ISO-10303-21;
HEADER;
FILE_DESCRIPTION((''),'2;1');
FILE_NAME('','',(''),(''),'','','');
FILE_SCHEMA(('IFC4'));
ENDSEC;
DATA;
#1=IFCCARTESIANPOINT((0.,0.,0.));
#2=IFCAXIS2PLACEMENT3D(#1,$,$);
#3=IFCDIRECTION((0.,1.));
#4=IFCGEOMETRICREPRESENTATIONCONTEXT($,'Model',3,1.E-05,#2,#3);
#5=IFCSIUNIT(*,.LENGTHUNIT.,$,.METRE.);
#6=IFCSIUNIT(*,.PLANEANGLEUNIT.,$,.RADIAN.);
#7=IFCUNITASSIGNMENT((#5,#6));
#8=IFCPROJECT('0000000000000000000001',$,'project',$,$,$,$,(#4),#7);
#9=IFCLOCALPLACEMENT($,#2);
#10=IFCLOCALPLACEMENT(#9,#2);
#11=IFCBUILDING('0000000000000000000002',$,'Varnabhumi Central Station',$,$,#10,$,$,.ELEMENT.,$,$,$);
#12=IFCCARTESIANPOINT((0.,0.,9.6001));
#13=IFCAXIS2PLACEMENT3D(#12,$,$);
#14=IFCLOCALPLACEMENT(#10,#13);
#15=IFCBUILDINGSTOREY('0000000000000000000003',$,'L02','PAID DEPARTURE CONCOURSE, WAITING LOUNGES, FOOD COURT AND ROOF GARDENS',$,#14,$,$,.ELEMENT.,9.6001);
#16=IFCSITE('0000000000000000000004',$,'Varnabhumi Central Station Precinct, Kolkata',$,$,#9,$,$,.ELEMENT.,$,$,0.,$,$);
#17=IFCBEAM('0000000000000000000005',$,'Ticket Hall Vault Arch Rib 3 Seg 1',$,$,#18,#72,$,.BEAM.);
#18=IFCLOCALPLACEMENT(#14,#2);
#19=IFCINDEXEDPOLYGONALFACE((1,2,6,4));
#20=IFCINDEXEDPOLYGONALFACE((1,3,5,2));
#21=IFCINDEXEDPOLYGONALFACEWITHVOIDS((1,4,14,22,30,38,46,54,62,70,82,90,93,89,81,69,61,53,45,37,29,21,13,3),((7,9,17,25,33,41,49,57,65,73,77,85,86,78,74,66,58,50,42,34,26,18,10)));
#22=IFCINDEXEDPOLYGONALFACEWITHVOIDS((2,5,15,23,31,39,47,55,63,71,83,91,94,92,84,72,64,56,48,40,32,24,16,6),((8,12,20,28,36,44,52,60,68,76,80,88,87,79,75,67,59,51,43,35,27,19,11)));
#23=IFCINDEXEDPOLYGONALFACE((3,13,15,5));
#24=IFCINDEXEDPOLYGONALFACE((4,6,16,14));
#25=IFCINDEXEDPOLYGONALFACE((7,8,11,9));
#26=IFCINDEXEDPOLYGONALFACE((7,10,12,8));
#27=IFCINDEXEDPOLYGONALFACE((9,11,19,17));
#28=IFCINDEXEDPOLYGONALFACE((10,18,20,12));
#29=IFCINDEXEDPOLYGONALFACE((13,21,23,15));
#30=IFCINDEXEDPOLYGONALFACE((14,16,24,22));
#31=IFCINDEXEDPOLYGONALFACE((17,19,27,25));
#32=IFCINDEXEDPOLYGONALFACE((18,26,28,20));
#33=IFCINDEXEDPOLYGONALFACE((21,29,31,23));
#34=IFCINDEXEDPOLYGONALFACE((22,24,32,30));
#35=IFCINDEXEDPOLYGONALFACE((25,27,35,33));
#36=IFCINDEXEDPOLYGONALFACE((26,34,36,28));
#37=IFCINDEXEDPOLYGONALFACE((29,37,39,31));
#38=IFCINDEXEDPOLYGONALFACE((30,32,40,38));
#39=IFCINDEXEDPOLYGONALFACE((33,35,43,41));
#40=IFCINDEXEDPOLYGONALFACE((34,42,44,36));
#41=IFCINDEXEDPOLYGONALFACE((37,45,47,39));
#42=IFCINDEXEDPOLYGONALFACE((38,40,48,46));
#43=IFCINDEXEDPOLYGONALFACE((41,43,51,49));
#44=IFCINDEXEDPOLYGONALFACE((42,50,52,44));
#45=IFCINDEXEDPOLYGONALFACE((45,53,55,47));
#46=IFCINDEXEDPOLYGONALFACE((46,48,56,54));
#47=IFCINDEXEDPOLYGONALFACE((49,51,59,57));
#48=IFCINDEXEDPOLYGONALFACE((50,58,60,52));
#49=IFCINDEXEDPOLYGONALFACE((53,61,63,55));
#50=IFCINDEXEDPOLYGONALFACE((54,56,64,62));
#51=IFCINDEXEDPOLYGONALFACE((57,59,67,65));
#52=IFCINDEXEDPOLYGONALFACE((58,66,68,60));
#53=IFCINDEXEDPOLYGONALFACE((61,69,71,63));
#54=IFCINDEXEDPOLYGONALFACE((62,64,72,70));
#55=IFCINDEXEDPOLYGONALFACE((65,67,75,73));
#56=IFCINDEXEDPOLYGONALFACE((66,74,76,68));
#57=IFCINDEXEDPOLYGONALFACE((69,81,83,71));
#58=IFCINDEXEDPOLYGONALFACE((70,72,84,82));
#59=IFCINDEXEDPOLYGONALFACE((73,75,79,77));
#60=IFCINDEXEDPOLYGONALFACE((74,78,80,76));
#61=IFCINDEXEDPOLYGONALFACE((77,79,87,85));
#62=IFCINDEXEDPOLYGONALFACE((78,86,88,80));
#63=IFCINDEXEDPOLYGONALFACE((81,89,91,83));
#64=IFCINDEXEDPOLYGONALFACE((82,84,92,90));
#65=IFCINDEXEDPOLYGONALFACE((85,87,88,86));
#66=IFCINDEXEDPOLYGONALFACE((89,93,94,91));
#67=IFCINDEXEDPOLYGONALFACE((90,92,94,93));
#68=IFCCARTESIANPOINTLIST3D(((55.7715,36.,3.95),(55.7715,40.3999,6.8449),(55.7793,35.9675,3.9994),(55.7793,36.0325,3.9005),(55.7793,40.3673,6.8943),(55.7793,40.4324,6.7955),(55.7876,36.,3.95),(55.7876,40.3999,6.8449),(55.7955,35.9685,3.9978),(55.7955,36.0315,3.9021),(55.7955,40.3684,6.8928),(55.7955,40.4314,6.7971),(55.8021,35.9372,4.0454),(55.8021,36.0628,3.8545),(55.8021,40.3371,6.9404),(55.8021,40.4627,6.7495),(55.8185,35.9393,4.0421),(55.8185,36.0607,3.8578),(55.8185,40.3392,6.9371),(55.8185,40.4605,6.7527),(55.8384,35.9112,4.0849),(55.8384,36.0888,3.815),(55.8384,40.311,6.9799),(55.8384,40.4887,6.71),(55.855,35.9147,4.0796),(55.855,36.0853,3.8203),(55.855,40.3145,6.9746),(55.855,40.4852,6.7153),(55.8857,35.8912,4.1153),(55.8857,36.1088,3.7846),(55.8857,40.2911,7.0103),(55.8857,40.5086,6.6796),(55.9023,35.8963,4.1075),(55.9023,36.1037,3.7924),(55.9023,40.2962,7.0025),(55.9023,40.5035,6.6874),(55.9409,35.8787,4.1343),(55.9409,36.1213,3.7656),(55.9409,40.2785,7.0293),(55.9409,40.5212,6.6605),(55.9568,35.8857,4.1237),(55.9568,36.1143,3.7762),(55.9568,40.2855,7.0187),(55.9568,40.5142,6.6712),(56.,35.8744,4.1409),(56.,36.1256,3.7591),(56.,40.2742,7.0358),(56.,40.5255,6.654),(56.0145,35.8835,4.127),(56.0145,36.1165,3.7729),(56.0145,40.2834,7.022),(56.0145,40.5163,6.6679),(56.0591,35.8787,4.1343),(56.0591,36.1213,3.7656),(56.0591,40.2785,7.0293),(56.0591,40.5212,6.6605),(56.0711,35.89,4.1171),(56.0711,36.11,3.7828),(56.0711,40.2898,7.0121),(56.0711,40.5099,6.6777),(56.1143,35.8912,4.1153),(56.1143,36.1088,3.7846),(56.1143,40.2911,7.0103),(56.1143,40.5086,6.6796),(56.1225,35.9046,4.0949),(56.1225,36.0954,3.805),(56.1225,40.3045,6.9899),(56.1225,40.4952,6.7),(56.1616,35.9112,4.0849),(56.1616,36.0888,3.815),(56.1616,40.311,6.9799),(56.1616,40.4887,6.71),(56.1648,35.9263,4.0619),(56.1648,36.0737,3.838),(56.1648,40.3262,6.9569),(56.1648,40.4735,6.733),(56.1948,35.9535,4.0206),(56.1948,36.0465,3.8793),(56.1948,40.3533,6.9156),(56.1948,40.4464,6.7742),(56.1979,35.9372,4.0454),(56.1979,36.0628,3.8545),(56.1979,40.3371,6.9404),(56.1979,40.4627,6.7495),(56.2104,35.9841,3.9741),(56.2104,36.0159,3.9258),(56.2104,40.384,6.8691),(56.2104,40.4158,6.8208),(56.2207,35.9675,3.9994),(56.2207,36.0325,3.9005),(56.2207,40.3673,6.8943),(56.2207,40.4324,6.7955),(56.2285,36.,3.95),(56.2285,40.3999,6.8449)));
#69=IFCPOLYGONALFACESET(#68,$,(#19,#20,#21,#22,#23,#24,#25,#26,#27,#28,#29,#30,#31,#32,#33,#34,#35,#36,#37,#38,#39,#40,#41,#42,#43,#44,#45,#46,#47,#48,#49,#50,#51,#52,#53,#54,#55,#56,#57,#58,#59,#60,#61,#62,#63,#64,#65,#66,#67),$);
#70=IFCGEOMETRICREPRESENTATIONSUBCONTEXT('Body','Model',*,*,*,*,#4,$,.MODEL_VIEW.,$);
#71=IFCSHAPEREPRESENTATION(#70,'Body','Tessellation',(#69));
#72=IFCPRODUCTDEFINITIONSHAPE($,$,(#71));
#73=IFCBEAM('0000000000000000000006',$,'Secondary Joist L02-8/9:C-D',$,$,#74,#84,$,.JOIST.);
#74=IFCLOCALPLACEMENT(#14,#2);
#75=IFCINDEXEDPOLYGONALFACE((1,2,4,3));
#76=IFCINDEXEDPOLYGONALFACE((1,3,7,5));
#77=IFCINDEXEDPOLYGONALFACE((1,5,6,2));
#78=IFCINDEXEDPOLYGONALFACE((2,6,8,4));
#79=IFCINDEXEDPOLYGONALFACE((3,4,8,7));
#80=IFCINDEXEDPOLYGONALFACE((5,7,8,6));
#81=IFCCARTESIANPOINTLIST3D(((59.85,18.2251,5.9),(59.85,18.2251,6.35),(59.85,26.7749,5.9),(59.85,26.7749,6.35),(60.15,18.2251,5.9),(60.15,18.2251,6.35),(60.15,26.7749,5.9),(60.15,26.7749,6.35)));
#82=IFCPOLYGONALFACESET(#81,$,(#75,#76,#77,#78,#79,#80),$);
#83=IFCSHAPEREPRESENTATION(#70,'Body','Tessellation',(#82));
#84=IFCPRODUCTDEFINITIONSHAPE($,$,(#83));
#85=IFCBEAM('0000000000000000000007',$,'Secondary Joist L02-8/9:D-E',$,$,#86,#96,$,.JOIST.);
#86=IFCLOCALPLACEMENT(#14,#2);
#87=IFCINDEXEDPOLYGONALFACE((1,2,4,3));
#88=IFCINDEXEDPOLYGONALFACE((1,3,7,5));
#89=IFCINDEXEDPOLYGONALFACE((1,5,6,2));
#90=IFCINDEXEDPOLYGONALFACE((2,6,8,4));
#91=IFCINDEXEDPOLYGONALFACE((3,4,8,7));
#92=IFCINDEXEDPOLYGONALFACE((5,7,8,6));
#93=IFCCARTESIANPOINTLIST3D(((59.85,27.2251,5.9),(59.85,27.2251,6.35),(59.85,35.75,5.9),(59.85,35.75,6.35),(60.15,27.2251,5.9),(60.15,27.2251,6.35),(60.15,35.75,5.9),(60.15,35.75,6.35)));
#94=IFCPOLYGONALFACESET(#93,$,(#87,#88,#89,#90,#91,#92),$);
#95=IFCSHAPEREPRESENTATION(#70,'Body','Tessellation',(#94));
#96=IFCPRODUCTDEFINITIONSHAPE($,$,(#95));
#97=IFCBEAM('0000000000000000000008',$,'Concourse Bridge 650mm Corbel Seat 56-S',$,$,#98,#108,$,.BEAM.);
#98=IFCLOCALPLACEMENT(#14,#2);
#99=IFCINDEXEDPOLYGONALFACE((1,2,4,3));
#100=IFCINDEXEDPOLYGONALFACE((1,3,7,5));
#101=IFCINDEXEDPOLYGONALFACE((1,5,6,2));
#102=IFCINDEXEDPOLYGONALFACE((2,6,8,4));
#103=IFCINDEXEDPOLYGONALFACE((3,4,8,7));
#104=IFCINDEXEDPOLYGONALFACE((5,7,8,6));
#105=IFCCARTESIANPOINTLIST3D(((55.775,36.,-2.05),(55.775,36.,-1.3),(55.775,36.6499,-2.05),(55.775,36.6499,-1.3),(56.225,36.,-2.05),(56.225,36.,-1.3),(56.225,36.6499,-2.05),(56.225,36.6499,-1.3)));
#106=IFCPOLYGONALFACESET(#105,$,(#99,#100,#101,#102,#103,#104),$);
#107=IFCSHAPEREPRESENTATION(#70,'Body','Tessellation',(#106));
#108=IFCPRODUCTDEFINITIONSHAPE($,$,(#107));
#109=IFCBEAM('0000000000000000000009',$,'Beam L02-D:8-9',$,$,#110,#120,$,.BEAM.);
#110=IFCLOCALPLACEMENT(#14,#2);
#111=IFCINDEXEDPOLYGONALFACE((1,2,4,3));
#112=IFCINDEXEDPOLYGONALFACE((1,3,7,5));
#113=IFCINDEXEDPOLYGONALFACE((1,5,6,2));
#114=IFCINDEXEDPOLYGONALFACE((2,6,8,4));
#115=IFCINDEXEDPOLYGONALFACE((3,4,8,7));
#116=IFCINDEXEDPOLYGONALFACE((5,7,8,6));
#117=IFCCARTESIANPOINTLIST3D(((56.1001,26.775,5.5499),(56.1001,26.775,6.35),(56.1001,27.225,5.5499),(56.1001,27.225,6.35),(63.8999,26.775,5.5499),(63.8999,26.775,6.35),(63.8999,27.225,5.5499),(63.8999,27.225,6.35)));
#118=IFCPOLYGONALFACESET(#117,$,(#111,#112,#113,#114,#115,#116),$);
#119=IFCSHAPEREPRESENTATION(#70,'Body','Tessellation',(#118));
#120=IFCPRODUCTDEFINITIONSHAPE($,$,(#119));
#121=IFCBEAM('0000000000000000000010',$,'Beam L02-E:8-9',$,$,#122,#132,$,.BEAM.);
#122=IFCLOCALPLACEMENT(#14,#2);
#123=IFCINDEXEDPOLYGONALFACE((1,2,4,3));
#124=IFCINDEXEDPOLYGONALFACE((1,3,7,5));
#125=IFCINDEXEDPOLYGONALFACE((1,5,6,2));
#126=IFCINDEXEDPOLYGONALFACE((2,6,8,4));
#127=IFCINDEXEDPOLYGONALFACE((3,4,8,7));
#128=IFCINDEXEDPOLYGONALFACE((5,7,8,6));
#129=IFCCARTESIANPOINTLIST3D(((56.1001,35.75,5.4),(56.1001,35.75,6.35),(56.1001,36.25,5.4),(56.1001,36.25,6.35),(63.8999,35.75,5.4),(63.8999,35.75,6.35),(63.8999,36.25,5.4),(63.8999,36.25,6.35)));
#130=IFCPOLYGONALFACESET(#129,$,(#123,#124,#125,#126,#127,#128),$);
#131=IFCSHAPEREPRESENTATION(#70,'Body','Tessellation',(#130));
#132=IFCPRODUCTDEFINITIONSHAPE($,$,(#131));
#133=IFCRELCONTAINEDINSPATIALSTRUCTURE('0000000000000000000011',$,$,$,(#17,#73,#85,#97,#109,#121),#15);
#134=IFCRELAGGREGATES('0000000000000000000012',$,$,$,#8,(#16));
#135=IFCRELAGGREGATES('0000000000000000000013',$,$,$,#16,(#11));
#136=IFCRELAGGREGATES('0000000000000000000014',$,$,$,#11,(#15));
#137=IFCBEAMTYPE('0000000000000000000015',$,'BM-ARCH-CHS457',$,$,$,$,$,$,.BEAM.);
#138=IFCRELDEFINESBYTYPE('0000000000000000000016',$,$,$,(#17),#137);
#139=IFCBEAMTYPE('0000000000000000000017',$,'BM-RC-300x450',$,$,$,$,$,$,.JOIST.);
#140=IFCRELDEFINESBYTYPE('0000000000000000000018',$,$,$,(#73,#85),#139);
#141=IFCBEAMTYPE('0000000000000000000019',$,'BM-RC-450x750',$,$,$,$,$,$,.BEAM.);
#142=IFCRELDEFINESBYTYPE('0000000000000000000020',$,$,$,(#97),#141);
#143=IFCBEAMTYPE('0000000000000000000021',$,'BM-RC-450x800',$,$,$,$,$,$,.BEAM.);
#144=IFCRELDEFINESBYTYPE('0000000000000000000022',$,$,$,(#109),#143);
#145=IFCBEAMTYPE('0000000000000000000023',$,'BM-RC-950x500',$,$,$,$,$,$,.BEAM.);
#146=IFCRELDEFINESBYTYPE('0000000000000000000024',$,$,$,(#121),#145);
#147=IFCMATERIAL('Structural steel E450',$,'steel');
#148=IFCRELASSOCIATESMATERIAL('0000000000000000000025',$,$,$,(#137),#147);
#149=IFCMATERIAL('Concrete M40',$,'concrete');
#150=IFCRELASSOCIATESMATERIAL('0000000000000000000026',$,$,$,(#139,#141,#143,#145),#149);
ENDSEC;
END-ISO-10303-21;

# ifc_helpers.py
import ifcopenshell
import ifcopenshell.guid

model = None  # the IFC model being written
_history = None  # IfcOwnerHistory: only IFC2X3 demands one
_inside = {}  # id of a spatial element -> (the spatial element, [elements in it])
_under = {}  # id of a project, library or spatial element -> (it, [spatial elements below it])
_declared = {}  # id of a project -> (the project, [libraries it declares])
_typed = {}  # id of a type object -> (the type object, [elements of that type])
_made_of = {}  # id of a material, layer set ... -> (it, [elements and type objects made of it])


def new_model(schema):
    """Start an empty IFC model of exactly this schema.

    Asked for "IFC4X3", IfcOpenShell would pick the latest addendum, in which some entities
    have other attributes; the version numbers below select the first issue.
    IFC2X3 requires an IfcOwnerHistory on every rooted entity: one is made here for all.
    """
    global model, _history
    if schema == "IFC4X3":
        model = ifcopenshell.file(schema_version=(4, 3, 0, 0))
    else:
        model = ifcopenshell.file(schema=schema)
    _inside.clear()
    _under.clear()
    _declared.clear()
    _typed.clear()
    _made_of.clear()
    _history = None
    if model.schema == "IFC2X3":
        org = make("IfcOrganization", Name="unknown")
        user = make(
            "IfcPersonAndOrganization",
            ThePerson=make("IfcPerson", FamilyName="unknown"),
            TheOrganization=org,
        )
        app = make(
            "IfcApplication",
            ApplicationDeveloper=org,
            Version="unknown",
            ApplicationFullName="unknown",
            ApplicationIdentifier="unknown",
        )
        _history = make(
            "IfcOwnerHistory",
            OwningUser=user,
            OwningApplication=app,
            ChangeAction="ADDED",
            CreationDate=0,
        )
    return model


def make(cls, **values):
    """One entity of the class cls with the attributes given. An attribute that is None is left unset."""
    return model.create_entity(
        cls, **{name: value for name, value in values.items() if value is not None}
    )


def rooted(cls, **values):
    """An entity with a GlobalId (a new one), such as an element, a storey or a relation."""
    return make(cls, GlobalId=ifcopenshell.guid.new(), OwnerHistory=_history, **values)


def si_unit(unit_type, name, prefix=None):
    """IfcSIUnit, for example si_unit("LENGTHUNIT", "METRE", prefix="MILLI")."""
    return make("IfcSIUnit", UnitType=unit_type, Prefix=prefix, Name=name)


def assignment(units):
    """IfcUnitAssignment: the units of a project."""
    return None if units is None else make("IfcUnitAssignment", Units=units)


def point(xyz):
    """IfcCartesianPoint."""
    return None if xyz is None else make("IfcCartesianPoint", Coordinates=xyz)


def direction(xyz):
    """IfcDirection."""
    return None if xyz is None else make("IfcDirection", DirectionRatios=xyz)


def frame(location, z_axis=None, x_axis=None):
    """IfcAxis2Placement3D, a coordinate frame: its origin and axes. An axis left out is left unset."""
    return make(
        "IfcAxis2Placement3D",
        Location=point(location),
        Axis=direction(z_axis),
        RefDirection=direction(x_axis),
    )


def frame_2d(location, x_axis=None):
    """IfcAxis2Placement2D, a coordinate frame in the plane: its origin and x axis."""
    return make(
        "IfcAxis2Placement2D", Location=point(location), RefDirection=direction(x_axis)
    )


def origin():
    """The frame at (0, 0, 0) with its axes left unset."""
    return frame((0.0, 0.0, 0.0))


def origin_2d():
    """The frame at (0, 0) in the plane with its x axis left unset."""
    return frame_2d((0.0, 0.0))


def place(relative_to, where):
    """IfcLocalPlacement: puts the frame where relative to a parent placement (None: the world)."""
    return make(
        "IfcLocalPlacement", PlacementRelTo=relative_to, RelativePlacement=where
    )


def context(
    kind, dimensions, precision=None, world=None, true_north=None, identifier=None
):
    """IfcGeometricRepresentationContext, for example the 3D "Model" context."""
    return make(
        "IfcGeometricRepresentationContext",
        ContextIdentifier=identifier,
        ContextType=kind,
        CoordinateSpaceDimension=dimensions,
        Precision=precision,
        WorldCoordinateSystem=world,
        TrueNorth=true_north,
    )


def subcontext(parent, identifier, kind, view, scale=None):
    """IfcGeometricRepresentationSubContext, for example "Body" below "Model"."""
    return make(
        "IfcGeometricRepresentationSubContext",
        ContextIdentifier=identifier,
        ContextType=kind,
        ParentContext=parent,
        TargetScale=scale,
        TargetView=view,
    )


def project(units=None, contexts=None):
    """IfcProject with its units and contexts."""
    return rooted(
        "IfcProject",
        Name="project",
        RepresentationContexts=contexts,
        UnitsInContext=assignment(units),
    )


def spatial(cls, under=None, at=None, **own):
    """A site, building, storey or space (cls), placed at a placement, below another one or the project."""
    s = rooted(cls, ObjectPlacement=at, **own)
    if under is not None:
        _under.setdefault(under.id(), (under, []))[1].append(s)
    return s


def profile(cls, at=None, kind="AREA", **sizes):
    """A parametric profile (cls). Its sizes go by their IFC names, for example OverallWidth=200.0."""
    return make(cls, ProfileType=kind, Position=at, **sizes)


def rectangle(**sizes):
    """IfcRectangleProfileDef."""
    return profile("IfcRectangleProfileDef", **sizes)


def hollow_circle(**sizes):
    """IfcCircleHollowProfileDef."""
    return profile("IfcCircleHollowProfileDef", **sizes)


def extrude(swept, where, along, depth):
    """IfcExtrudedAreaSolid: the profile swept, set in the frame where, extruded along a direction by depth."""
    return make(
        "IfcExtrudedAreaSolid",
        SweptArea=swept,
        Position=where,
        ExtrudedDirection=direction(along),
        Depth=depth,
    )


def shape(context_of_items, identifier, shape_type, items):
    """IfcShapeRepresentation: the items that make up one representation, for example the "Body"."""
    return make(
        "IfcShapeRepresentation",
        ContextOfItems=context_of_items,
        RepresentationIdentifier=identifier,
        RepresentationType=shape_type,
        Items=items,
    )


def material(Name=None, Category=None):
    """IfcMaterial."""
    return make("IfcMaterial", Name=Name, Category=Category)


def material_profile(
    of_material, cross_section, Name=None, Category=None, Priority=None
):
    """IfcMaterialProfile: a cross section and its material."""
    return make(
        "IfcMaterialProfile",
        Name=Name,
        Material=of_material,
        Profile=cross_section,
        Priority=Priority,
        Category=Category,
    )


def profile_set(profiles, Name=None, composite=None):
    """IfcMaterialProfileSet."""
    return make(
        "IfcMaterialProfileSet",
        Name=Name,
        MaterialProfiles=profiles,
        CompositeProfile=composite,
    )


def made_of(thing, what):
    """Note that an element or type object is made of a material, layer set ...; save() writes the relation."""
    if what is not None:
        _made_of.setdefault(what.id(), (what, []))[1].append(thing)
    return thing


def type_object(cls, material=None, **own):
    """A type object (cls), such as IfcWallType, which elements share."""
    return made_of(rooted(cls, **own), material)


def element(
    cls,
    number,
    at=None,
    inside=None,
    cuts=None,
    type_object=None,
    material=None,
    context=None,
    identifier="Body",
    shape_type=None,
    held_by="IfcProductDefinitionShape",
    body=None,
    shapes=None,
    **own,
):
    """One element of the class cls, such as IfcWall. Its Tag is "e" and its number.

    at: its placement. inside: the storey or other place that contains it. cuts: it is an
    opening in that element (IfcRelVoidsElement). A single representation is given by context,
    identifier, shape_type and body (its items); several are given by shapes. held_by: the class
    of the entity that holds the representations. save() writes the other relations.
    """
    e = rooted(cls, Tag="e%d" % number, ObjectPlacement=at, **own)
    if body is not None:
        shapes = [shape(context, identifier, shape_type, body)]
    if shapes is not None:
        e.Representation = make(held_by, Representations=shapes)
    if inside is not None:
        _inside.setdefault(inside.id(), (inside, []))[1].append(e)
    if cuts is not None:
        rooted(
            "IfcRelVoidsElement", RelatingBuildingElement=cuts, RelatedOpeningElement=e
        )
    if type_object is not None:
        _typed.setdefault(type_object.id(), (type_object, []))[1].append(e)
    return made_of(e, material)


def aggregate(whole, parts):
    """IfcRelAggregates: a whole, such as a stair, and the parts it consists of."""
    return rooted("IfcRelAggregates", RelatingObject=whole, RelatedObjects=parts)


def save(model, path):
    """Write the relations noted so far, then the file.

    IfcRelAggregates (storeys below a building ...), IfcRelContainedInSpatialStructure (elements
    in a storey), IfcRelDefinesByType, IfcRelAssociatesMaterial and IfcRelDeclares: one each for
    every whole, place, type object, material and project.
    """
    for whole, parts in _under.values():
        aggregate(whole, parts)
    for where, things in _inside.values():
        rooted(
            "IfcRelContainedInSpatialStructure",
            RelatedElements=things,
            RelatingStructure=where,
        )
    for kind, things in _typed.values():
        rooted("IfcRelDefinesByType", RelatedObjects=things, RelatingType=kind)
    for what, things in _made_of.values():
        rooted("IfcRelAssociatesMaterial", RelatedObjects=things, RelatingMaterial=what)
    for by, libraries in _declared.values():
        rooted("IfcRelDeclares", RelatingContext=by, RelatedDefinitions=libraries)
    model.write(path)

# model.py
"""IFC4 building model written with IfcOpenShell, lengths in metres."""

from ifc_helpers import new_model, si_unit, direction, frame, origin, origin_2d, place, context, subcontext, project, spatial, rectangle, hollow_circle, extrude, material, material_profile, profile_set, type_object, element, save


model = new_model("IFC4")

# Units and contexts
model_context = context("Model", 3, precision=1e-05, world=origin(), true_north=direction((0.0, 1.0)))
body_context = subcontext(model_context, "Body", "Model", "MODEL_VIEW")
ifc_project = project(units=[si_unit("LENGTHUNIT", "METRE"), si_unit("PLANEANGLEUNIT", "RADIAN")], contexts=[model_context])

# Site, building, storey
site_placement = place(None, origin())
site = spatial("IfcSite", under=ifc_project, at=site_placement, Name="Varnabhumi Central Station Precinct, Kolkata", CompositionType="ELEMENT", RefElevation=0.0)
building_placement = place(site_placement, origin())
building = spatial("IfcBuilding", under=site, at=building_placement, Name="Varnabhumi Central Station", CompositionType="ELEMENT")
storey_placement = place(building_placement, frame((0.0, 0.0, 9.6001)))
storey = spatial("IfcBuildingStorey", under=building, at=storey_placement, Name="L02", Description="PAID DEPARTURE CONCOURSE, WAITING LOUNGES, FOOD COURT AND ROOF GARDENS", CompositionType="ELEMENT", Elevation=9.6001)

# Beams
ifc_material_1 = material(Name="Structural steel E450", Category="steel")
ifc_material_profile_1 = material_profile(ifc_material_1, hollow_circle(Radius=0.2285, WallThickness=0.0161, at=origin_2d()), Name="Structural steel E450", Category="steel")
ifc_profile_set_1 = profile_set([ifc_material_profile_1], Name="Structural steel E450")
beam_type_1 = type_object("IfcBeamType", Name="BM-ARCH-CHS457", PredefinedType="BEAM", material=ifc_profile_set_1)
beam_1_placement = place(storey_placement, frame((56.0, 36.0, 3.95), z_axis=(0.0, 0.835387, 0.549662), x_axis=(-1.0, 0.0, 0.0)))
element("IfcBeam", 1, at=beam_1_placement, inside=storey, type_object=beam_type_1, Name="Ticket Hall Vault Arch Rib 3 Seg 1", PredefinedType="BEAM", context=body_context, shape_type="SweptSolid", body=[
    extrude(hollow_circle(Radius=0.2285, WallThickness=0.0161, at=origin_2d()), origin(), (0.0, 0.0, 1.0), 5.2668),
])
ifc_material_2 = material(Name="Concrete M40", Category="concrete")
ifc_material_profile_2 = material_profile(ifc_material_2, rectangle(XDim=0.3, YDim=0.45, at=origin_2d()), Name="Concrete M40", Category="concrete")
ifc_profile_set_2 = profile_set([ifc_material_profile_2], Name="Concrete M40")
beam_type_2 = type_object("IfcBeamType", Name="BM-RC-300x450", PredefinedType="JOIST", material=ifc_profile_set_2)
beam_2_placement = place(storey_placement, frame((60.0, 18.2251, 6.125), z_axis=(0.0, 1.0, 0.0), x_axis=(-1.0, 0.0, 0.0)))
element("IfcBeam", 2, at=beam_2_placement, inside=storey, type_object=beam_type_2, Name="Secondary Joist L02-8/9:C-D", PredefinedType="JOIST", context=body_context, shape_type="SweptSolid", body=[
    extrude(rectangle(XDim=0.3, YDim=0.45, at=origin_2d()), origin(), (0.0, 0.0, 1.0), 8.5498),
])
beam_3_placement = place(storey_placement, frame((60.0, 27.2251, 6.125), z_axis=(0.0, 1.0, 0.0), x_axis=(-1.0, 0.0, 0.0)))
element("IfcBeam", 3, at=beam_3_placement, inside=storey, type_object=beam_type_2, Name="Secondary Joist L02-8/9:D-E", PredefinedType="JOIST", context=body_context, shape_type="SweptSolid", body=[
    extrude(rectangle(XDim=0.3, YDim=0.45, at=origin_2d()), origin(), (0.0, 0.0, 1.0), 8.5249),
])
ifc_material_profile_3 = material_profile(ifc_material_2, rectangle(XDim=0.45, YDim=0.75, at=origin_2d()), Name="Concrete M40", Category="concrete")
ifc_profile_set_3 = profile_set([ifc_material_profile_3], Name="Concrete M40")
beam_type_3 = type_object("IfcBeamType", Name="BM-RC-450x750", PredefinedType="BEAM", material=ifc_profile_set_3)
beam_4_placement = place(storey_placement, frame((56.0, 36.0, -1.675), z_axis=(0.0, 1.0, 0.0), x_axis=(-1.0, 0.0, 0.0)))
element("IfcBeam", 4, at=beam_4_placement, inside=storey, type_object=beam_type_3, Name="Concourse Bridge 650mm Corbel Seat 56-S", PredefinedType="BEAM", context=body_context, shape_type="SweptSolid", body=[
    extrude(rectangle(XDim=0.45, YDim=0.75, at=origin_2d()), origin(), (0.0, 0.0, 1.0), 0.6499),
])
ifc_material_profile_4 = material_profile(ifc_material_2, rectangle(XDim=0.45, YDim=0.8, at=origin_2d()), Name="Concrete M40", Category="concrete")
ifc_profile_set_4 = profile_set([ifc_material_profile_4], Name="Concrete M40")
beam_type_4 = type_object("IfcBeamType", Name="BM-RC-450x800", PredefinedType="BEAM", material=ifc_profile_set_4)
beam_5_placement = place(storey_placement, frame((56.1001, 27.0, 5.95), z_axis=(1.0, 0.0, 0.0), x_axis=(0.0, 1.0, 0.0)))
element("IfcBeam", 5, at=beam_5_placement, inside=storey, type_object=beam_type_4, Name="Beam L02-D:8-9", PredefinedType="BEAM", context=body_context, shape_type="SweptSolid", body=[
    extrude(rectangle(XDim=0.45, YDim=0.8, at=origin_2d()), origin(), (0.0, 0.0, 1.0), 7.7998),
])
ifc_material_profile_5 = material_profile(ifc_material_2, rectangle(XDim=0.5, YDim=0.95, at=origin_2d()), Name="Concrete M40", Category="concrete")
ifc_profile_set_5 = profile_set([ifc_material_profile_5], Name="Concrete M40")
beam_type_5 = type_object("IfcBeamType", Name="BM-RC-950x500", PredefinedType="BEAM", material=ifc_profile_set_5)
beam_6_placement = place(storey_placement, frame((56.1001, 36.0, 5.875), z_axis=(1.0, 0.0, 0.0), x_axis=(0.0, 1.0, 0.0)))
element("IfcBeam", 6, at=beam_6_placement, inside=storey, type_object=beam_type_5, Name="Beam L02-E:8-9", PredefinedType="BEAM", context=body_context, shape_type="SweptSolid", body=[
    extrude(rectangle(XDim=0.5, YDim=0.95, at=origin_2d()), origin(), (0.0, 0.0, 1.0), 7.7998),
])

save(model, "model.ifc")
